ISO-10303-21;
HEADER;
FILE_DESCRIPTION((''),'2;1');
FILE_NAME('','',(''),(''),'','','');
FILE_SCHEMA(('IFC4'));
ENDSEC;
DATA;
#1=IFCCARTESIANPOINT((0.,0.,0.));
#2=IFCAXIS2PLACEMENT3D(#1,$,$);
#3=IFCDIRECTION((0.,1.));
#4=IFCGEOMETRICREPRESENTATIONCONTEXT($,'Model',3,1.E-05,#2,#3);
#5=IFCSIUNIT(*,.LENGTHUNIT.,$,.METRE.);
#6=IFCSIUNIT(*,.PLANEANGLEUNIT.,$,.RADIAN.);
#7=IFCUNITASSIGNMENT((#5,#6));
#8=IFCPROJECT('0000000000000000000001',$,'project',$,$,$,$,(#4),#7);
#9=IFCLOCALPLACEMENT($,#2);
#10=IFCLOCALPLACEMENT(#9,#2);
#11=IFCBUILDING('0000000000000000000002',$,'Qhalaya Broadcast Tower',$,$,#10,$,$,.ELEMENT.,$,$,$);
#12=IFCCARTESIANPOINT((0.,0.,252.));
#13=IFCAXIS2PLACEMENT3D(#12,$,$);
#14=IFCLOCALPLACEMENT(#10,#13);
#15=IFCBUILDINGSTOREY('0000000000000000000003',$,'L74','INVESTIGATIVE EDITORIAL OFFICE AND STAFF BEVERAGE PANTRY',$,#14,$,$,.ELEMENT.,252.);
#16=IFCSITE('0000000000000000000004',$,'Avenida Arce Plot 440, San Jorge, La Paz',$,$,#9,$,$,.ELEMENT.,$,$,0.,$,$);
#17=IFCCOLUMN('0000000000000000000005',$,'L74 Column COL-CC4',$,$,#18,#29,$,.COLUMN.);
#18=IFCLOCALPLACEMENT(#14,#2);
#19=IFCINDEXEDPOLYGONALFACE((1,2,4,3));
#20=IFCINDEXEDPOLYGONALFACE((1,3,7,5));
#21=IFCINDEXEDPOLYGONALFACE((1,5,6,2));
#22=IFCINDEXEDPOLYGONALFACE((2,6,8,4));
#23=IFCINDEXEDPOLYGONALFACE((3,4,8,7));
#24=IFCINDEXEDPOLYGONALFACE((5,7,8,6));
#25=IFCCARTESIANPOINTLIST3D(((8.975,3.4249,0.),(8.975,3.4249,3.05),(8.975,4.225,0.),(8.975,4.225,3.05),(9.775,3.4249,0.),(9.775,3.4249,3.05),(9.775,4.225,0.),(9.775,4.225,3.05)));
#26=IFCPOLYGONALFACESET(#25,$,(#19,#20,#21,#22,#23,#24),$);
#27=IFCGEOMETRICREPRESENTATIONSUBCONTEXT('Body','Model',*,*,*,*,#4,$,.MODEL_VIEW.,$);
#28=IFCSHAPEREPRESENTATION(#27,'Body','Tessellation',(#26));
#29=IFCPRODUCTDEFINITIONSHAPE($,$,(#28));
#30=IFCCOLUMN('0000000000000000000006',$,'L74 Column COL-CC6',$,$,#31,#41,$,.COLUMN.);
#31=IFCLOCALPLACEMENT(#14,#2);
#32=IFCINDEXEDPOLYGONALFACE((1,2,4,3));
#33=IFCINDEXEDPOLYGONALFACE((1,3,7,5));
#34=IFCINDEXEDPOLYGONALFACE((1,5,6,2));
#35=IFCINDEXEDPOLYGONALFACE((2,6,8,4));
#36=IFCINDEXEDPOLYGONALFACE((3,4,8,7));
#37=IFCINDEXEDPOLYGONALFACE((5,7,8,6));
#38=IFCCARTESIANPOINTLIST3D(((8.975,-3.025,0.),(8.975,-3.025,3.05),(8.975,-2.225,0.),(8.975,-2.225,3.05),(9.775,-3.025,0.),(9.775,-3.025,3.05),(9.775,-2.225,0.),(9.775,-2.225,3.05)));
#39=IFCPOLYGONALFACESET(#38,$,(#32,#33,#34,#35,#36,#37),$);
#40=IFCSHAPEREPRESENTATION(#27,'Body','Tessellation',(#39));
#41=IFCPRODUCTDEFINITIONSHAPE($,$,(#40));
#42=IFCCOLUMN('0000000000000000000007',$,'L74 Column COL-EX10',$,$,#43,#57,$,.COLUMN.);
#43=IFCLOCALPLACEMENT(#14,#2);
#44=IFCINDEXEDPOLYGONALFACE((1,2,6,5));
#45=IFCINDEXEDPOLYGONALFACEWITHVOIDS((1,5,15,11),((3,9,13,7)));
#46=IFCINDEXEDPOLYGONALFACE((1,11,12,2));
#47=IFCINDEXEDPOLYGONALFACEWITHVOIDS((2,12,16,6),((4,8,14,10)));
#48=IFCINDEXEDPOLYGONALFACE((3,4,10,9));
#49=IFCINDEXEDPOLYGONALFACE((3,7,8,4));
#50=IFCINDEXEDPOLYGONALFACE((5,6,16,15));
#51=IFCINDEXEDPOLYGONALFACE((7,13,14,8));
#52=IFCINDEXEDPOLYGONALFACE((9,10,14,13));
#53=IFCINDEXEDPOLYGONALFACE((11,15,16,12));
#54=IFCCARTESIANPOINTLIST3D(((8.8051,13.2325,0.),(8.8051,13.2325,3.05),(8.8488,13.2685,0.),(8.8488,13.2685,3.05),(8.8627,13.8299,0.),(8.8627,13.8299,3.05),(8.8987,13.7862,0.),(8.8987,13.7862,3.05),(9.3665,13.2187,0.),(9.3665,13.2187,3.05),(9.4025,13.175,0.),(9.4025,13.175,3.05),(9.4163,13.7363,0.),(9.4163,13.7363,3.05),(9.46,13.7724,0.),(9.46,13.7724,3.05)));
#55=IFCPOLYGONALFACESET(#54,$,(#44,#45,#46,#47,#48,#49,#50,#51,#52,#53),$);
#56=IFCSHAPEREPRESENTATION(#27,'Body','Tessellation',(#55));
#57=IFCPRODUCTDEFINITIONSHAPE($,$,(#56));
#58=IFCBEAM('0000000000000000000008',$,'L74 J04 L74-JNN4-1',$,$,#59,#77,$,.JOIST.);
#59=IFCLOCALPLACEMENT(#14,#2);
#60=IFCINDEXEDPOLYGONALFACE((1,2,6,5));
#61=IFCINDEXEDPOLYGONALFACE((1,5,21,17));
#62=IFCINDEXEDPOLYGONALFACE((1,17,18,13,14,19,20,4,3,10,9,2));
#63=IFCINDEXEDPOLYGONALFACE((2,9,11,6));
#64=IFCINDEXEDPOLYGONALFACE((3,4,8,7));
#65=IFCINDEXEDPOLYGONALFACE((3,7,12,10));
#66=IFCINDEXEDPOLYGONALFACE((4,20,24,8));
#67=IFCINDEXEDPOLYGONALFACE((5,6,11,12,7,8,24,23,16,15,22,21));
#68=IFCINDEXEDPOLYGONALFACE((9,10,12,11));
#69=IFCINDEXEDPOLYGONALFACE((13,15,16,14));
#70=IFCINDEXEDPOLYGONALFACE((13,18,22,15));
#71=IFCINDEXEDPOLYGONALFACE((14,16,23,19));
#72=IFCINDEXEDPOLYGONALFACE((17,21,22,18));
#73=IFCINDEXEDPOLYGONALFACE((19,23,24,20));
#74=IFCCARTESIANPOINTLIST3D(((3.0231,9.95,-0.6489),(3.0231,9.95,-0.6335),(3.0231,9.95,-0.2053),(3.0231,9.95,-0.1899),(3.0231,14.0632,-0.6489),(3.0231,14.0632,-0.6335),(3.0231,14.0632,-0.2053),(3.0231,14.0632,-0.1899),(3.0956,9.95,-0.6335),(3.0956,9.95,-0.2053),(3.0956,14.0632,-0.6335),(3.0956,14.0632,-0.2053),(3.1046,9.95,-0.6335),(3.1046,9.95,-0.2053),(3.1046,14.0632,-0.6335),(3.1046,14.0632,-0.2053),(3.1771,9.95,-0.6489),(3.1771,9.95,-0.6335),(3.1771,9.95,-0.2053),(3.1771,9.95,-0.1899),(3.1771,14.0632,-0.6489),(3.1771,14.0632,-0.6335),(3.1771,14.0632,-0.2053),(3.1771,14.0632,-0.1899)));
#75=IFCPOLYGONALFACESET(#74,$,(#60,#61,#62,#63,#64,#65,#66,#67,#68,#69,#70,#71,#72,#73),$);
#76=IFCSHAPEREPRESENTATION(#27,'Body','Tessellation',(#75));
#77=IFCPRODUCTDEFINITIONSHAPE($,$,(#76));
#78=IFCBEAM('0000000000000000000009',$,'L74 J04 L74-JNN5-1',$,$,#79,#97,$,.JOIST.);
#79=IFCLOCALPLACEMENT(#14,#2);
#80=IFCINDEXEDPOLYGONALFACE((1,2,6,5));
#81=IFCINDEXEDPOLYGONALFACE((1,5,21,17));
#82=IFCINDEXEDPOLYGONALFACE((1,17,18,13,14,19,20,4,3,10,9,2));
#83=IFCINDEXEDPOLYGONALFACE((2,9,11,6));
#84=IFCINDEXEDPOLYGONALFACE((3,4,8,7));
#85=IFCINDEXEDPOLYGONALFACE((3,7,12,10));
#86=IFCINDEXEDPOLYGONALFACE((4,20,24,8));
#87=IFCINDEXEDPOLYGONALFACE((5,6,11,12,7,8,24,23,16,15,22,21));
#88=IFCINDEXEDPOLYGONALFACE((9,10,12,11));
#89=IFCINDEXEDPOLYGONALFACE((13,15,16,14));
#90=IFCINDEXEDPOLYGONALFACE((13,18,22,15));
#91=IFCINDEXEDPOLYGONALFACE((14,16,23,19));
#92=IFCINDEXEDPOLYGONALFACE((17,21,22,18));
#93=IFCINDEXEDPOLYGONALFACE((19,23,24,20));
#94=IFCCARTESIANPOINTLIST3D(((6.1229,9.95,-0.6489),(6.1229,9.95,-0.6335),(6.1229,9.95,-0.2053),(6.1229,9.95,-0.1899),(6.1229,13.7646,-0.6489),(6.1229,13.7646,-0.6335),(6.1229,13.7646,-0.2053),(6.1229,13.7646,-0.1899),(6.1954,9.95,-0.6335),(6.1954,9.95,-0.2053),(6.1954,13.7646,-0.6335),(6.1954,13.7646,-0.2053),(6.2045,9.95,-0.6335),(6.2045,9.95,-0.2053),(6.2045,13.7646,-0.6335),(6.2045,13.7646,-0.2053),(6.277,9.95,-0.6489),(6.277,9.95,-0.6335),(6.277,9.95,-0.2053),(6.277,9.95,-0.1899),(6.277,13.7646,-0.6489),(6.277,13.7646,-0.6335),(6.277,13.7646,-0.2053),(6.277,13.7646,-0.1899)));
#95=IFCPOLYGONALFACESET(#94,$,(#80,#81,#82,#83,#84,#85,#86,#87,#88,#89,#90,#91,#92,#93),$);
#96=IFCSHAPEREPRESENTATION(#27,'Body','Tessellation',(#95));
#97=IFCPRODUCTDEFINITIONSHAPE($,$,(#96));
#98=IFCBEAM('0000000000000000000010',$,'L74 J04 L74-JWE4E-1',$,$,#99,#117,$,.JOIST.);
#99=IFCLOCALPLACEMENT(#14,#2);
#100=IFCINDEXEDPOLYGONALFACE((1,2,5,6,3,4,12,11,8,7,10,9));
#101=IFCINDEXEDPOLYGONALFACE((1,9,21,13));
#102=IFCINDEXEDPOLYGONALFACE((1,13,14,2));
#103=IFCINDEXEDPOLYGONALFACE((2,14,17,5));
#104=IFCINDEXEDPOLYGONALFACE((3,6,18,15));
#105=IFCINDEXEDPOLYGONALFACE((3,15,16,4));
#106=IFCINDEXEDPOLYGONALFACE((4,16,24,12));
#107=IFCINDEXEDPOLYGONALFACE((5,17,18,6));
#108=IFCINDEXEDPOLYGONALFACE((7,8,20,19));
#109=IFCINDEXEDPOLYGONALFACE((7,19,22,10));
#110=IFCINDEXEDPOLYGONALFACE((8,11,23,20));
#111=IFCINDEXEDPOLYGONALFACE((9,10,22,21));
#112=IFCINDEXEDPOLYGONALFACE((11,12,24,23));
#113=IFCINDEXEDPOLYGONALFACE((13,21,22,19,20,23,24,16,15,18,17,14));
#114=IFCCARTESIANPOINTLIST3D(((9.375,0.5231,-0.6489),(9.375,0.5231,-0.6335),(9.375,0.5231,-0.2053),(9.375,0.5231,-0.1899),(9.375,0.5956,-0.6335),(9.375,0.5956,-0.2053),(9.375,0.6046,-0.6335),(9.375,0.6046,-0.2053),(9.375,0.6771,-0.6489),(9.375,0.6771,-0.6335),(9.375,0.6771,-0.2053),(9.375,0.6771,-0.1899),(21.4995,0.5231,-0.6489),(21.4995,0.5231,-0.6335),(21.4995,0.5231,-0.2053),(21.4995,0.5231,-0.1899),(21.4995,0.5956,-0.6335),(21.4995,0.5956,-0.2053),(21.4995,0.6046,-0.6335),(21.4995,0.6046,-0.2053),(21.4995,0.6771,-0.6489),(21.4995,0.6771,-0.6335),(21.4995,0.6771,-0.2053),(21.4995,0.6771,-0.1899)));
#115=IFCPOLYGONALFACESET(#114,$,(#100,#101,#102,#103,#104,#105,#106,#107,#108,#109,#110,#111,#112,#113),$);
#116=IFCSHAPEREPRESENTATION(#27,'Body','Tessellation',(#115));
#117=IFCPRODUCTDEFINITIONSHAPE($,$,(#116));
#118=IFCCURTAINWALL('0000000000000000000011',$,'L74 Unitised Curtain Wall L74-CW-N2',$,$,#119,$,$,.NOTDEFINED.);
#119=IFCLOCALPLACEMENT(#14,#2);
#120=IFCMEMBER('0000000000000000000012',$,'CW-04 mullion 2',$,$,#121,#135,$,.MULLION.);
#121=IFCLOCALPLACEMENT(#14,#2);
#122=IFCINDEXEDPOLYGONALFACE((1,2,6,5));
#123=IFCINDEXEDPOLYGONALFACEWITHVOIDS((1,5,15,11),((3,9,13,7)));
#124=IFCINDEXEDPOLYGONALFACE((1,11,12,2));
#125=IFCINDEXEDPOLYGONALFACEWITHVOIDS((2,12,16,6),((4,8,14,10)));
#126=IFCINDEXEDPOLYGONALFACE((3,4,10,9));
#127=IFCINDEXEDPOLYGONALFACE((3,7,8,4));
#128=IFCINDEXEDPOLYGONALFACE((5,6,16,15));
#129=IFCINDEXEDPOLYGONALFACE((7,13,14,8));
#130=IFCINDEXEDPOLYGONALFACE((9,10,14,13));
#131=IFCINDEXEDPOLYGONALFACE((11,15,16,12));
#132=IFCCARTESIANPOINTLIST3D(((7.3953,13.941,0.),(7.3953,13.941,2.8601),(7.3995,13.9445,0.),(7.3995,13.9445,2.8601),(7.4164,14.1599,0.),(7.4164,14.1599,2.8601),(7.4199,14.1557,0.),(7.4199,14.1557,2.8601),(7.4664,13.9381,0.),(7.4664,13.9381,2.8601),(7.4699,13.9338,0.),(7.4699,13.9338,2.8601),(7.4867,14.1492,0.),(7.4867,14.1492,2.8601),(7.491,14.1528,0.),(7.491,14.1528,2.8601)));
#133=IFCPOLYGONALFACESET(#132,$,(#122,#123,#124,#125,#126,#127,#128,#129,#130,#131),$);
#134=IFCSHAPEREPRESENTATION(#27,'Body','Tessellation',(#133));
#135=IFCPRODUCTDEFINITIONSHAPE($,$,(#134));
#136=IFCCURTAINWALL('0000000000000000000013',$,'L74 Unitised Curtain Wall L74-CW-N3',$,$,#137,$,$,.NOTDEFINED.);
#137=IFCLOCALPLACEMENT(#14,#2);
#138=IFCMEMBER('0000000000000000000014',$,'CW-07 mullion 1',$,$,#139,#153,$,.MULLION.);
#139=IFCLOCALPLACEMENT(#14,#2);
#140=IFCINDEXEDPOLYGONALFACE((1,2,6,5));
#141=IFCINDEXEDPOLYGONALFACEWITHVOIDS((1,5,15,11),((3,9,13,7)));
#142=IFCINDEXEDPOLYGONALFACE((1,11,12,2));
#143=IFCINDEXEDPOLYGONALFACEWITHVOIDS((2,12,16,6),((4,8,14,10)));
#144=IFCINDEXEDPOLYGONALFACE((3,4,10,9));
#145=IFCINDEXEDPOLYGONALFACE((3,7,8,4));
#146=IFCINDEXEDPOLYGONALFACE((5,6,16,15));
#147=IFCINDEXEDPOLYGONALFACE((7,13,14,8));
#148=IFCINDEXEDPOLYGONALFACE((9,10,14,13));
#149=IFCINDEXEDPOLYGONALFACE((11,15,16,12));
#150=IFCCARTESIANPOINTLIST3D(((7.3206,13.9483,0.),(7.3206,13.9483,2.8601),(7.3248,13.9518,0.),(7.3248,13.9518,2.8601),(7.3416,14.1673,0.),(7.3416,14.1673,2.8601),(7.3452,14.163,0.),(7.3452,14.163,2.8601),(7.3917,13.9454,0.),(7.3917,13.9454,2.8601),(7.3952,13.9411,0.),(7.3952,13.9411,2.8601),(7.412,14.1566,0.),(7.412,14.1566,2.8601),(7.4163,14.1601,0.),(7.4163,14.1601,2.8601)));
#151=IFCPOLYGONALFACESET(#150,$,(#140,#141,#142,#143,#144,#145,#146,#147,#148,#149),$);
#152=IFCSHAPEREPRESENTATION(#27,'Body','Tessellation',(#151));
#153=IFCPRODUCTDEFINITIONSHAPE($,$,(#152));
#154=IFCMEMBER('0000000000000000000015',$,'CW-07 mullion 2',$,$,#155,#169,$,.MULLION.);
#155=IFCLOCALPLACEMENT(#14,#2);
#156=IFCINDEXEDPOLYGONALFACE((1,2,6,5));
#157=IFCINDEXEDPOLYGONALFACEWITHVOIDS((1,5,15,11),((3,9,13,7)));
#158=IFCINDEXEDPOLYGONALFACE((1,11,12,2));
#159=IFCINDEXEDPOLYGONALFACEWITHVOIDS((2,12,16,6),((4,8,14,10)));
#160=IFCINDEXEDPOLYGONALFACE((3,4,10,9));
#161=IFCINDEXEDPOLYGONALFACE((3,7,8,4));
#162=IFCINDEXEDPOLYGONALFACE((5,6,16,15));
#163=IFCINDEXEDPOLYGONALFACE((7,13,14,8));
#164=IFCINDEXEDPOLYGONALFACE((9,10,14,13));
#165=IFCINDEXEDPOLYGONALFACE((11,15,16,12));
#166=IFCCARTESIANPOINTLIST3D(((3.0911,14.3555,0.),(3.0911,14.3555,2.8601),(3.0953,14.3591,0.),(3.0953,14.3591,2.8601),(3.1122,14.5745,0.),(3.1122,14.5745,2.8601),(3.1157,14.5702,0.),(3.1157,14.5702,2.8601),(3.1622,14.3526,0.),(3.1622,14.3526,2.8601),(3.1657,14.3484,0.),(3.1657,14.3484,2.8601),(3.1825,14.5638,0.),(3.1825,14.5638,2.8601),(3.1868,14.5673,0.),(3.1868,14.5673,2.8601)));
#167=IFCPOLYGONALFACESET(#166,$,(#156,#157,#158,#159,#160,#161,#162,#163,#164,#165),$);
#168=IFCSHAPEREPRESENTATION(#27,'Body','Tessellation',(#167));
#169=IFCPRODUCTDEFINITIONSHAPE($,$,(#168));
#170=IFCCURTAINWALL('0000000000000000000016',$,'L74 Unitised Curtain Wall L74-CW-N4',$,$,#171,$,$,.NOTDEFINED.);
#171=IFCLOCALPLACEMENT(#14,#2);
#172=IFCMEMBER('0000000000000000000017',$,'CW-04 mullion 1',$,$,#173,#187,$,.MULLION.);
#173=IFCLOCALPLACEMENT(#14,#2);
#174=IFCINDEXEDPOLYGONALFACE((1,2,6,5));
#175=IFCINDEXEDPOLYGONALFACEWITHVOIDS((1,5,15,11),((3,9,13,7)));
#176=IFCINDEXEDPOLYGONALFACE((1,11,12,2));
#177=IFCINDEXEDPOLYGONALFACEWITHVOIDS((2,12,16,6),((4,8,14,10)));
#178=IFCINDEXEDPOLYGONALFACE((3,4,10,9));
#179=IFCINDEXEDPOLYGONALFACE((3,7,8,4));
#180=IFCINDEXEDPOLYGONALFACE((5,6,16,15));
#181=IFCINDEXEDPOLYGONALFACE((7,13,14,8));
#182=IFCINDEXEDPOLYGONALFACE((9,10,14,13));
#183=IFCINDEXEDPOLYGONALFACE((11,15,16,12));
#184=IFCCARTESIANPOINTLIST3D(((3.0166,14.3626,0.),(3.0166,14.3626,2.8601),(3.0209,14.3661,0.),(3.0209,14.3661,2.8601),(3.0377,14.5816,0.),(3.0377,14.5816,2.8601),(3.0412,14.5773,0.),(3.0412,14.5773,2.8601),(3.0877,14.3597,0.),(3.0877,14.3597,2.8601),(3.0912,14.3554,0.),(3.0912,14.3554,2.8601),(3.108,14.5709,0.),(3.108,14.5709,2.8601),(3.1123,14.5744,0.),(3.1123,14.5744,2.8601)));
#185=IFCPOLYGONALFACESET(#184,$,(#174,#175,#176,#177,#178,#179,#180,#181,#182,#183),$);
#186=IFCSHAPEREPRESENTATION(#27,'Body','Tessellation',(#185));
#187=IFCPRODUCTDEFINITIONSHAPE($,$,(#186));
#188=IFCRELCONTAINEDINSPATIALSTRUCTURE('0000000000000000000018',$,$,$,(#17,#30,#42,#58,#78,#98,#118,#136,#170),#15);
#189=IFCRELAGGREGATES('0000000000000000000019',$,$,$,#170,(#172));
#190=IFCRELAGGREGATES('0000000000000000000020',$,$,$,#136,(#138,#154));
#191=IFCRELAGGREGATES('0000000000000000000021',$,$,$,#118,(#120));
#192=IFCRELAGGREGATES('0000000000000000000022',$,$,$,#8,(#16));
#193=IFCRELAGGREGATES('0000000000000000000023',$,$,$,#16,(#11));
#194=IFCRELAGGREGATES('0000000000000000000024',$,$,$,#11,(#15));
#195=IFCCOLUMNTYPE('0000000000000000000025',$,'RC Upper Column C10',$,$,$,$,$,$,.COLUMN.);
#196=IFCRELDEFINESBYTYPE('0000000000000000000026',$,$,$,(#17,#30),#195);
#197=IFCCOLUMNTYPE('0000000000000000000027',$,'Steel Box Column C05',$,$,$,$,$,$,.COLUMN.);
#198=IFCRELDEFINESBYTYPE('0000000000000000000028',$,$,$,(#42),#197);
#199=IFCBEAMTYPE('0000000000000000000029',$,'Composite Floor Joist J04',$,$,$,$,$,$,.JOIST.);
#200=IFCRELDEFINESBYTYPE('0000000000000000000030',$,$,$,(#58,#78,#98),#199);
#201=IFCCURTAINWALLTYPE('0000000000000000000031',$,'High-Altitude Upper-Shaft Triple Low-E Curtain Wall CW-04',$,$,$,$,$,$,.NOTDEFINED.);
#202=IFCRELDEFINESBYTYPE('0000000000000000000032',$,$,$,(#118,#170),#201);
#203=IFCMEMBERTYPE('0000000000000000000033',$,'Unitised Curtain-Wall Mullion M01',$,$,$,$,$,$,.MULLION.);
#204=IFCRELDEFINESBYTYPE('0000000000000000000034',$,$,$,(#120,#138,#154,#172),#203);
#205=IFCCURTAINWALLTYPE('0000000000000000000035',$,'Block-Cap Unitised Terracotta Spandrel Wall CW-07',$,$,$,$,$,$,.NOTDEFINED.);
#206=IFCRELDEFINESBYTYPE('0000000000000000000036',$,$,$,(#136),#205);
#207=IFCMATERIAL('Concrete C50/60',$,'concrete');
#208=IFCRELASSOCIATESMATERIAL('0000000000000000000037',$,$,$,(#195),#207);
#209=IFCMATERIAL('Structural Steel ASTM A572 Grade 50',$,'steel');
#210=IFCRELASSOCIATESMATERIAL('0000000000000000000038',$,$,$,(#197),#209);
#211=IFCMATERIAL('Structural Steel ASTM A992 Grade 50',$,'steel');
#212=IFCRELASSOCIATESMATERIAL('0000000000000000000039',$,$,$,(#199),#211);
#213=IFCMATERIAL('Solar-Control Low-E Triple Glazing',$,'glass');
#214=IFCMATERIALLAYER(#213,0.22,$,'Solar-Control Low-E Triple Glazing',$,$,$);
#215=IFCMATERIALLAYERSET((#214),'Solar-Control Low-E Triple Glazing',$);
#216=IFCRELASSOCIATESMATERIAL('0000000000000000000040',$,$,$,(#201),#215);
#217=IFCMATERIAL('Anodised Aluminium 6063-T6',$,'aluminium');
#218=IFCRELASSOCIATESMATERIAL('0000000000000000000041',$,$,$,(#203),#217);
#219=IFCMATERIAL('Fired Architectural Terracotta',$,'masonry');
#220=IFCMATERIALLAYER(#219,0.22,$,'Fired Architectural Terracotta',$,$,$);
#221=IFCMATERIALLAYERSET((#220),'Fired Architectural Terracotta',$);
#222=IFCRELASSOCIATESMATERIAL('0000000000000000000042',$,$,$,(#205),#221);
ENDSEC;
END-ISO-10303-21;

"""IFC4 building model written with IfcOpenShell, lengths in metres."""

from ifc_helpers import new_model, si_unit, direction, frame, origin, origin_2d, place, context, subcontext, project, spatial, rectangle, hollow_rectangle, i_section, extrude, material, layer, layer_set, material_profile, profile_set, type_object, element, aggregate, save


model = new_model("IFC4")

# Units and contexts
model_context = context("Model", 3, precision=1e-05, world=origin(), true_north=direction((0.0, 1.0)))
body_context = subcontext(model_context, "Body", "Model", "MODEL_VIEW")
ifc_project = project(units=[si_unit("LENGTHUNIT", "METRE"), si_unit("PLANEANGLEUNIT", "RADIAN")], contexts=[model_context])

# Site, building, storey
site_placement = place(None, origin())
site = spatial("IfcSite", under=ifc_project, at=site_placement, Name="Avenida Arce Plot 440, San Jorge, La Paz", CompositionType="ELEMENT", RefElevation=0.0)
building_placement = place(site_placement, origin())
building = spatial("IfcBuilding", under=site, at=building_placement, Name="Qhalaya Broadcast Tower", CompositionType="ELEMENT")
storey_placement = place(building_placement, frame((0.0, 0.0, 252.0)))
storey = spatial("IfcBuildingStorey", under=building, at=storey_placement, Name="L74", Description="INVESTIGATIVE EDITORIAL OFFICE AND STAFF BEVERAGE PANTRY", CompositionType="ELEMENT", Elevation=252.0)

# Columns
ifc_material_1 = material(Name="Concrete C50/60", Category="concrete")
ifc_material_profile_1 = material_profile(ifc_material_1, rectangle(XDim=0.8, YDim=0.8, at=origin_2d()), Name="RC-COL 800x800")
ifc_profile_set_1 = profile_set([ifc_material_profile_1], Name="Concrete C50/60")
column_type_1 = type_object("IfcColumnType", Name="RC Upper Column C10", PredefinedType="COLUMN", material=ifc_profile_set_1)
for number, where, z_axis, x_axis, name in (
    (1, (9.375, 3.825, 0.0), (0.0, 0.0, 1.0), (1.0, 0.0, 0.0), "L74 Column COL-CC4"),
    (2, (9.375, -2.625, 0.0), (0.0, 0.0, 1.0), (1.0, 0.0, 0.0), "L74 Column COL-CC6"),
):
    element("IfcColumn", number, at=place(storey_placement, frame(where, z_axis=z_axis, x_axis=x_axis)), inside=storey, type_object=column_type_1, Name=name, PredefinedType="COLUMN", context=body_context, shape_type="SweptSolid", body=[
        extrude(rectangle(XDim=0.8, YDim=0.8, at=origin_2d()), origin(), (0.0, 0.0, 1.0), 3.05),
    ])
ifc_material_2 = material(Name="Structural Steel ASTM A572 Grade 50", Category="steel")
ifc_material_profile_2 = material_profile(ifc_material_2, hollow_rectangle(XDim=0.6001, YDim=0.6001, WallThickness=0.04, at=origin_2d()), Name="BOX 600x600x40")
ifc_profile_set_2 = profile_set([ifc_material_profile_2], Name="Structural Steel ASTM A572 Grade 50")
column_type_2 = type_object("IfcColumnType", Name="Steel Box Column C05", PredefinedType="COLUMN", material=ifc_profile_set_2)
column_placement = place(storey_placement, frame((9.1326, 13.5024, 0.0), z_axis=(0.0, 0.0, 1.0), x_axis=(0.995396, -0.095846, 0.0)))
element("IfcColumn", 3, at=column_placement, inside=storey, type_object=column_type_2, Name="L74 Column COL-EX10", PredefinedType="COLUMN", context=body_context, shape_type="SweptSolid", body=[
    extrude(hollow_rectangle(XDim=0.6001, YDim=0.6001, WallThickness=0.04, at=origin_2d()), origin(), (0.0, 0.0, 1.0), 3.05),
])

# Beams
ifc_material_3 = material(Name="Structural Steel ASTM A992 Grade 50", Category="steel")
ifc_material_profile_3 = material_profile(ifc_material_3, i_section(OverallWidth=0.1541, OverallDepth=0.459, WebThickness=0.009, FlangeThickness=0.0154, at=origin_2d()), Name="W18X46")
ifc_profile_set_3 = profile_set([ifc_material_profile_3], Name="Structural Steel ASTM A992 Grade 50")
beam_type_1 = type_object("IfcBeamType", Name="Composite Floor Joist J04", PredefinedType="JOIST", material=ifc_profile_set_3)
beam_1_placement = place(storey_placement, frame((3.1001, 9.95, -0.4194), z_axis=(0.0, 1.0, 0.0), x_axis=(-1.0, 0.0, 0.0)))
element("IfcBeam", 4, at=beam_1_placement, inside=storey, type_object=beam_type_1, Name="L74 J04 L74-JNN4-1", PredefinedType="JOIST", context=body_context, shape_type="SweptSolid", body=[
    extrude(i_section(OverallWidth=0.1541, OverallDepth=0.459, WebThickness=0.009, FlangeThickness=0.0154, at=origin_2d()), origin(), (0.0, 0.0, 1.0), 4.1133),
])
beam_2_placement = place(storey_placement, frame((6.2, 9.95, -0.4194), z_axis=(0.0, 1.0, 0.0), x_axis=(-1.0, 0.0, 0.0)))
element("IfcBeam", 5, at=beam_2_placement, inside=storey, type_object=beam_type_1, Name="L74 J04 L74-JNN5-1", PredefinedType="JOIST", context=body_context, shape_type="SweptSolid", body=[
    extrude(i_section(OverallWidth=0.1541, OverallDepth=0.459, WebThickness=0.009, FlangeThickness=0.0154, at=origin_2d()), origin(), (0.0, 0.0, 1.0), 3.8147),
])
beam_3_placement = place(storey_placement, frame((9.375, 0.6001, -0.4194), z_axis=(1.0, 0.0, 0.0), x_axis=(0.0, 1.0, 0.0)))
element("IfcBeam", 6, at=beam_3_placement, inside=storey, type_object=beam_type_1, Name="L74 J04 L74-JWE4E-1", PredefinedType="JOIST", context=body_context, shape_type="SweptSolid", body=[
    extrude(i_section(OverallWidth=0.1541, OverallDepth=0.459, WebThickness=0.009, FlangeThickness=0.0154, at=origin_2d()), origin(), (0.0, 0.0, 1.0), 12.1245),
])

# Curtain wall, member
ifc_material_4 = material(Name="Solar-Control Low-E Triple Glazing", Category="glass")
ifc_layer_1 = layer(ifc_material_4, 0.22, Name="Solar-Control Low-E Triple Glazing")
ifc_layer_set_1 = layer_set([ifc_layer_1], Name="Solar-Control Low-E Triple Glazing")
curtain_wall_type_1 = type_object("IfcCurtainWallType", Name="High-Altitude Upper-Shaft Triple Low-E Curtain Wall CW-04", PredefinedType="NOTDEFINED", material=ifc_layer_set_1)
curtain_wall_1_placement = place(storey_placement, origin())
curtain_wall_1 = element("IfcCurtainWall", 7, at=curtain_wall_1_placement, inside=storey, type_object=curtain_wall_type_1, Name="L74 Unitised Curtain Wall L74-CW-N2", PredefinedType="NOTDEFINED")
ifc_material_5 = material(Name="Anodised Aluminium 6063-T6", Category="aluminium")
ifc_material_profile_4 = material_profile(ifc_material_5, hollow_rectangle(XDim=0.075, YDim=0.22, WallThickness=0.0039, at=origin_2d()), Name="ALU-MUL 75x220x4")
ifc_profile_set_4 = profile_set([ifc_material_profile_4], Name="Anodised Aluminium 6063-T6")
member_type_1 = type_object("IfcMemberType", Name="Unitised Curtain-Wall Mullion M01", PredefinedType="MULLION", material=ifc_profile_set_4)
member_1_placement = place(storey_placement, frame((7.4431, 14.0469, 0.0), z_axis=(0.0, 0.0, 1.0), x_axis=(-0.995397, 0.095842, 0.0)))
member_1 = element("IfcMember", 8, at=member_1_placement, type_object=member_type_1, Name="CW-04 mullion 2", PredefinedType="MULLION", context=body_context, shape_type="SweptSolid", body=[
    extrude(hollow_rectangle(XDim=0.075, YDim=0.22, WallThickness=0.0039, at=origin_2d()), origin(), (0.0, 0.0, 1.0), 2.8601),
])

# Curtain wall, members
ifc_material_6 = material(Name="Fired Architectural Terracotta", Category="masonry")
ifc_layer_2 = layer(ifc_material_6, 0.22, Name="Fired Architectural Terracotta")
ifc_layer_set_2 = layer_set([ifc_layer_2], Name="Fired Architectural Terracotta")
curtain_wall_type_2 = type_object("IfcCurtainWallType", Name="Block-Cap Unitised Terracotta Spandrel Wall CW-07", PredefinedType="NOTDEFINED", material=ifc_layer_set_2)
curtain_wall_2_placement = place(storey_placement, origin())
curtain_wall_2 = element("IfcCurtainWall", 9, at=curtain_wall_2_placement, inside=storey, type_object=curtain_wall_type_2, Name="L74 Unitised Curtain Wall L74-CW-N3", PredefinedType="NOTDEFINED")
member_2_placement = place(storey_placement, frame((7.3684, 14.0542, 0.0), z_axis=(0.0, 0.0, 1.0), x_axis=(-0.995397, 0.095837, 0.0)))
member_2 = element("IfcMember", 10, at=member_2_placement, type_object=member_type_1, Name="CW-07 mullion 1", PredefinedType="MULLION", context=body_context, shape_type="SweptSolid", body=[
    extrude(hollow_rectangle(XDim=0.075, YDim=0.22, WallThickness=0.0039, at=origin_2d()), origin(), (0.0, 0.0, 1.0), 2.8601),
])
member_3_placement = place(storey_placement, frame((3.1389, 14.4614, 0.0), z_axis=(0.0, 0.0, 1.0), x_axis=(-0.995397, 0.095837, 0.0)))
member_3 = element("IfcMember", 11, at=member_3_placement, type_object=member_type_1, Name="CW-07 mullion 2", PredefinedType="MULLION", context=body_context, shape_type="SweptSolid", body=[
    extrude(hollow_rectangle(XDim=0.075, YDim=0.22, WallThickness=0.0039, at=origin_2d()), origin(), (0.0, 0.0, 1.0), 2.8601),
])

# Curtain wall, member
curtain_wall_3_placement = place(storey_placement, origin())
curtain_wall_3 = element("IfcCurtainWall", 12, at=curtain_wall_3_placement, inside=storey, type_object=curtain_wall_type_1, Name="L74 Unitised Curtain Wall L74-CW-N4", PredefinedType="NOTDEFINED")
member_4_placement = place(storey_placement, frame((3.0645, 14.4685, 0.0), z_axis=(0.0, 0.0, 1.0), x_axis=(-0.995394, 0.095865, 0.0)))
member_4 = element("IfcMember", 13, at=member_4_placement, type_object=member_type_1, Name="CW-04 mullion 1", PredefinedType="MULLION", context=body_context, shape_type="SweptSolid", body=[
    extrude(hollow_rectangle(XDim=0.075, YDim=0.22, WallThickness=0.0039, at=origin_2d()), origin(), (0.0, 0.0, 1.0), 2.8601),
])

aggregate(curtain_wall_3, [member_4])

aggregate(curtain_wall_2, [member_2, member_3])
aggregate(curtain_wall_1, [member_1])

save(model, "model.ifc")
